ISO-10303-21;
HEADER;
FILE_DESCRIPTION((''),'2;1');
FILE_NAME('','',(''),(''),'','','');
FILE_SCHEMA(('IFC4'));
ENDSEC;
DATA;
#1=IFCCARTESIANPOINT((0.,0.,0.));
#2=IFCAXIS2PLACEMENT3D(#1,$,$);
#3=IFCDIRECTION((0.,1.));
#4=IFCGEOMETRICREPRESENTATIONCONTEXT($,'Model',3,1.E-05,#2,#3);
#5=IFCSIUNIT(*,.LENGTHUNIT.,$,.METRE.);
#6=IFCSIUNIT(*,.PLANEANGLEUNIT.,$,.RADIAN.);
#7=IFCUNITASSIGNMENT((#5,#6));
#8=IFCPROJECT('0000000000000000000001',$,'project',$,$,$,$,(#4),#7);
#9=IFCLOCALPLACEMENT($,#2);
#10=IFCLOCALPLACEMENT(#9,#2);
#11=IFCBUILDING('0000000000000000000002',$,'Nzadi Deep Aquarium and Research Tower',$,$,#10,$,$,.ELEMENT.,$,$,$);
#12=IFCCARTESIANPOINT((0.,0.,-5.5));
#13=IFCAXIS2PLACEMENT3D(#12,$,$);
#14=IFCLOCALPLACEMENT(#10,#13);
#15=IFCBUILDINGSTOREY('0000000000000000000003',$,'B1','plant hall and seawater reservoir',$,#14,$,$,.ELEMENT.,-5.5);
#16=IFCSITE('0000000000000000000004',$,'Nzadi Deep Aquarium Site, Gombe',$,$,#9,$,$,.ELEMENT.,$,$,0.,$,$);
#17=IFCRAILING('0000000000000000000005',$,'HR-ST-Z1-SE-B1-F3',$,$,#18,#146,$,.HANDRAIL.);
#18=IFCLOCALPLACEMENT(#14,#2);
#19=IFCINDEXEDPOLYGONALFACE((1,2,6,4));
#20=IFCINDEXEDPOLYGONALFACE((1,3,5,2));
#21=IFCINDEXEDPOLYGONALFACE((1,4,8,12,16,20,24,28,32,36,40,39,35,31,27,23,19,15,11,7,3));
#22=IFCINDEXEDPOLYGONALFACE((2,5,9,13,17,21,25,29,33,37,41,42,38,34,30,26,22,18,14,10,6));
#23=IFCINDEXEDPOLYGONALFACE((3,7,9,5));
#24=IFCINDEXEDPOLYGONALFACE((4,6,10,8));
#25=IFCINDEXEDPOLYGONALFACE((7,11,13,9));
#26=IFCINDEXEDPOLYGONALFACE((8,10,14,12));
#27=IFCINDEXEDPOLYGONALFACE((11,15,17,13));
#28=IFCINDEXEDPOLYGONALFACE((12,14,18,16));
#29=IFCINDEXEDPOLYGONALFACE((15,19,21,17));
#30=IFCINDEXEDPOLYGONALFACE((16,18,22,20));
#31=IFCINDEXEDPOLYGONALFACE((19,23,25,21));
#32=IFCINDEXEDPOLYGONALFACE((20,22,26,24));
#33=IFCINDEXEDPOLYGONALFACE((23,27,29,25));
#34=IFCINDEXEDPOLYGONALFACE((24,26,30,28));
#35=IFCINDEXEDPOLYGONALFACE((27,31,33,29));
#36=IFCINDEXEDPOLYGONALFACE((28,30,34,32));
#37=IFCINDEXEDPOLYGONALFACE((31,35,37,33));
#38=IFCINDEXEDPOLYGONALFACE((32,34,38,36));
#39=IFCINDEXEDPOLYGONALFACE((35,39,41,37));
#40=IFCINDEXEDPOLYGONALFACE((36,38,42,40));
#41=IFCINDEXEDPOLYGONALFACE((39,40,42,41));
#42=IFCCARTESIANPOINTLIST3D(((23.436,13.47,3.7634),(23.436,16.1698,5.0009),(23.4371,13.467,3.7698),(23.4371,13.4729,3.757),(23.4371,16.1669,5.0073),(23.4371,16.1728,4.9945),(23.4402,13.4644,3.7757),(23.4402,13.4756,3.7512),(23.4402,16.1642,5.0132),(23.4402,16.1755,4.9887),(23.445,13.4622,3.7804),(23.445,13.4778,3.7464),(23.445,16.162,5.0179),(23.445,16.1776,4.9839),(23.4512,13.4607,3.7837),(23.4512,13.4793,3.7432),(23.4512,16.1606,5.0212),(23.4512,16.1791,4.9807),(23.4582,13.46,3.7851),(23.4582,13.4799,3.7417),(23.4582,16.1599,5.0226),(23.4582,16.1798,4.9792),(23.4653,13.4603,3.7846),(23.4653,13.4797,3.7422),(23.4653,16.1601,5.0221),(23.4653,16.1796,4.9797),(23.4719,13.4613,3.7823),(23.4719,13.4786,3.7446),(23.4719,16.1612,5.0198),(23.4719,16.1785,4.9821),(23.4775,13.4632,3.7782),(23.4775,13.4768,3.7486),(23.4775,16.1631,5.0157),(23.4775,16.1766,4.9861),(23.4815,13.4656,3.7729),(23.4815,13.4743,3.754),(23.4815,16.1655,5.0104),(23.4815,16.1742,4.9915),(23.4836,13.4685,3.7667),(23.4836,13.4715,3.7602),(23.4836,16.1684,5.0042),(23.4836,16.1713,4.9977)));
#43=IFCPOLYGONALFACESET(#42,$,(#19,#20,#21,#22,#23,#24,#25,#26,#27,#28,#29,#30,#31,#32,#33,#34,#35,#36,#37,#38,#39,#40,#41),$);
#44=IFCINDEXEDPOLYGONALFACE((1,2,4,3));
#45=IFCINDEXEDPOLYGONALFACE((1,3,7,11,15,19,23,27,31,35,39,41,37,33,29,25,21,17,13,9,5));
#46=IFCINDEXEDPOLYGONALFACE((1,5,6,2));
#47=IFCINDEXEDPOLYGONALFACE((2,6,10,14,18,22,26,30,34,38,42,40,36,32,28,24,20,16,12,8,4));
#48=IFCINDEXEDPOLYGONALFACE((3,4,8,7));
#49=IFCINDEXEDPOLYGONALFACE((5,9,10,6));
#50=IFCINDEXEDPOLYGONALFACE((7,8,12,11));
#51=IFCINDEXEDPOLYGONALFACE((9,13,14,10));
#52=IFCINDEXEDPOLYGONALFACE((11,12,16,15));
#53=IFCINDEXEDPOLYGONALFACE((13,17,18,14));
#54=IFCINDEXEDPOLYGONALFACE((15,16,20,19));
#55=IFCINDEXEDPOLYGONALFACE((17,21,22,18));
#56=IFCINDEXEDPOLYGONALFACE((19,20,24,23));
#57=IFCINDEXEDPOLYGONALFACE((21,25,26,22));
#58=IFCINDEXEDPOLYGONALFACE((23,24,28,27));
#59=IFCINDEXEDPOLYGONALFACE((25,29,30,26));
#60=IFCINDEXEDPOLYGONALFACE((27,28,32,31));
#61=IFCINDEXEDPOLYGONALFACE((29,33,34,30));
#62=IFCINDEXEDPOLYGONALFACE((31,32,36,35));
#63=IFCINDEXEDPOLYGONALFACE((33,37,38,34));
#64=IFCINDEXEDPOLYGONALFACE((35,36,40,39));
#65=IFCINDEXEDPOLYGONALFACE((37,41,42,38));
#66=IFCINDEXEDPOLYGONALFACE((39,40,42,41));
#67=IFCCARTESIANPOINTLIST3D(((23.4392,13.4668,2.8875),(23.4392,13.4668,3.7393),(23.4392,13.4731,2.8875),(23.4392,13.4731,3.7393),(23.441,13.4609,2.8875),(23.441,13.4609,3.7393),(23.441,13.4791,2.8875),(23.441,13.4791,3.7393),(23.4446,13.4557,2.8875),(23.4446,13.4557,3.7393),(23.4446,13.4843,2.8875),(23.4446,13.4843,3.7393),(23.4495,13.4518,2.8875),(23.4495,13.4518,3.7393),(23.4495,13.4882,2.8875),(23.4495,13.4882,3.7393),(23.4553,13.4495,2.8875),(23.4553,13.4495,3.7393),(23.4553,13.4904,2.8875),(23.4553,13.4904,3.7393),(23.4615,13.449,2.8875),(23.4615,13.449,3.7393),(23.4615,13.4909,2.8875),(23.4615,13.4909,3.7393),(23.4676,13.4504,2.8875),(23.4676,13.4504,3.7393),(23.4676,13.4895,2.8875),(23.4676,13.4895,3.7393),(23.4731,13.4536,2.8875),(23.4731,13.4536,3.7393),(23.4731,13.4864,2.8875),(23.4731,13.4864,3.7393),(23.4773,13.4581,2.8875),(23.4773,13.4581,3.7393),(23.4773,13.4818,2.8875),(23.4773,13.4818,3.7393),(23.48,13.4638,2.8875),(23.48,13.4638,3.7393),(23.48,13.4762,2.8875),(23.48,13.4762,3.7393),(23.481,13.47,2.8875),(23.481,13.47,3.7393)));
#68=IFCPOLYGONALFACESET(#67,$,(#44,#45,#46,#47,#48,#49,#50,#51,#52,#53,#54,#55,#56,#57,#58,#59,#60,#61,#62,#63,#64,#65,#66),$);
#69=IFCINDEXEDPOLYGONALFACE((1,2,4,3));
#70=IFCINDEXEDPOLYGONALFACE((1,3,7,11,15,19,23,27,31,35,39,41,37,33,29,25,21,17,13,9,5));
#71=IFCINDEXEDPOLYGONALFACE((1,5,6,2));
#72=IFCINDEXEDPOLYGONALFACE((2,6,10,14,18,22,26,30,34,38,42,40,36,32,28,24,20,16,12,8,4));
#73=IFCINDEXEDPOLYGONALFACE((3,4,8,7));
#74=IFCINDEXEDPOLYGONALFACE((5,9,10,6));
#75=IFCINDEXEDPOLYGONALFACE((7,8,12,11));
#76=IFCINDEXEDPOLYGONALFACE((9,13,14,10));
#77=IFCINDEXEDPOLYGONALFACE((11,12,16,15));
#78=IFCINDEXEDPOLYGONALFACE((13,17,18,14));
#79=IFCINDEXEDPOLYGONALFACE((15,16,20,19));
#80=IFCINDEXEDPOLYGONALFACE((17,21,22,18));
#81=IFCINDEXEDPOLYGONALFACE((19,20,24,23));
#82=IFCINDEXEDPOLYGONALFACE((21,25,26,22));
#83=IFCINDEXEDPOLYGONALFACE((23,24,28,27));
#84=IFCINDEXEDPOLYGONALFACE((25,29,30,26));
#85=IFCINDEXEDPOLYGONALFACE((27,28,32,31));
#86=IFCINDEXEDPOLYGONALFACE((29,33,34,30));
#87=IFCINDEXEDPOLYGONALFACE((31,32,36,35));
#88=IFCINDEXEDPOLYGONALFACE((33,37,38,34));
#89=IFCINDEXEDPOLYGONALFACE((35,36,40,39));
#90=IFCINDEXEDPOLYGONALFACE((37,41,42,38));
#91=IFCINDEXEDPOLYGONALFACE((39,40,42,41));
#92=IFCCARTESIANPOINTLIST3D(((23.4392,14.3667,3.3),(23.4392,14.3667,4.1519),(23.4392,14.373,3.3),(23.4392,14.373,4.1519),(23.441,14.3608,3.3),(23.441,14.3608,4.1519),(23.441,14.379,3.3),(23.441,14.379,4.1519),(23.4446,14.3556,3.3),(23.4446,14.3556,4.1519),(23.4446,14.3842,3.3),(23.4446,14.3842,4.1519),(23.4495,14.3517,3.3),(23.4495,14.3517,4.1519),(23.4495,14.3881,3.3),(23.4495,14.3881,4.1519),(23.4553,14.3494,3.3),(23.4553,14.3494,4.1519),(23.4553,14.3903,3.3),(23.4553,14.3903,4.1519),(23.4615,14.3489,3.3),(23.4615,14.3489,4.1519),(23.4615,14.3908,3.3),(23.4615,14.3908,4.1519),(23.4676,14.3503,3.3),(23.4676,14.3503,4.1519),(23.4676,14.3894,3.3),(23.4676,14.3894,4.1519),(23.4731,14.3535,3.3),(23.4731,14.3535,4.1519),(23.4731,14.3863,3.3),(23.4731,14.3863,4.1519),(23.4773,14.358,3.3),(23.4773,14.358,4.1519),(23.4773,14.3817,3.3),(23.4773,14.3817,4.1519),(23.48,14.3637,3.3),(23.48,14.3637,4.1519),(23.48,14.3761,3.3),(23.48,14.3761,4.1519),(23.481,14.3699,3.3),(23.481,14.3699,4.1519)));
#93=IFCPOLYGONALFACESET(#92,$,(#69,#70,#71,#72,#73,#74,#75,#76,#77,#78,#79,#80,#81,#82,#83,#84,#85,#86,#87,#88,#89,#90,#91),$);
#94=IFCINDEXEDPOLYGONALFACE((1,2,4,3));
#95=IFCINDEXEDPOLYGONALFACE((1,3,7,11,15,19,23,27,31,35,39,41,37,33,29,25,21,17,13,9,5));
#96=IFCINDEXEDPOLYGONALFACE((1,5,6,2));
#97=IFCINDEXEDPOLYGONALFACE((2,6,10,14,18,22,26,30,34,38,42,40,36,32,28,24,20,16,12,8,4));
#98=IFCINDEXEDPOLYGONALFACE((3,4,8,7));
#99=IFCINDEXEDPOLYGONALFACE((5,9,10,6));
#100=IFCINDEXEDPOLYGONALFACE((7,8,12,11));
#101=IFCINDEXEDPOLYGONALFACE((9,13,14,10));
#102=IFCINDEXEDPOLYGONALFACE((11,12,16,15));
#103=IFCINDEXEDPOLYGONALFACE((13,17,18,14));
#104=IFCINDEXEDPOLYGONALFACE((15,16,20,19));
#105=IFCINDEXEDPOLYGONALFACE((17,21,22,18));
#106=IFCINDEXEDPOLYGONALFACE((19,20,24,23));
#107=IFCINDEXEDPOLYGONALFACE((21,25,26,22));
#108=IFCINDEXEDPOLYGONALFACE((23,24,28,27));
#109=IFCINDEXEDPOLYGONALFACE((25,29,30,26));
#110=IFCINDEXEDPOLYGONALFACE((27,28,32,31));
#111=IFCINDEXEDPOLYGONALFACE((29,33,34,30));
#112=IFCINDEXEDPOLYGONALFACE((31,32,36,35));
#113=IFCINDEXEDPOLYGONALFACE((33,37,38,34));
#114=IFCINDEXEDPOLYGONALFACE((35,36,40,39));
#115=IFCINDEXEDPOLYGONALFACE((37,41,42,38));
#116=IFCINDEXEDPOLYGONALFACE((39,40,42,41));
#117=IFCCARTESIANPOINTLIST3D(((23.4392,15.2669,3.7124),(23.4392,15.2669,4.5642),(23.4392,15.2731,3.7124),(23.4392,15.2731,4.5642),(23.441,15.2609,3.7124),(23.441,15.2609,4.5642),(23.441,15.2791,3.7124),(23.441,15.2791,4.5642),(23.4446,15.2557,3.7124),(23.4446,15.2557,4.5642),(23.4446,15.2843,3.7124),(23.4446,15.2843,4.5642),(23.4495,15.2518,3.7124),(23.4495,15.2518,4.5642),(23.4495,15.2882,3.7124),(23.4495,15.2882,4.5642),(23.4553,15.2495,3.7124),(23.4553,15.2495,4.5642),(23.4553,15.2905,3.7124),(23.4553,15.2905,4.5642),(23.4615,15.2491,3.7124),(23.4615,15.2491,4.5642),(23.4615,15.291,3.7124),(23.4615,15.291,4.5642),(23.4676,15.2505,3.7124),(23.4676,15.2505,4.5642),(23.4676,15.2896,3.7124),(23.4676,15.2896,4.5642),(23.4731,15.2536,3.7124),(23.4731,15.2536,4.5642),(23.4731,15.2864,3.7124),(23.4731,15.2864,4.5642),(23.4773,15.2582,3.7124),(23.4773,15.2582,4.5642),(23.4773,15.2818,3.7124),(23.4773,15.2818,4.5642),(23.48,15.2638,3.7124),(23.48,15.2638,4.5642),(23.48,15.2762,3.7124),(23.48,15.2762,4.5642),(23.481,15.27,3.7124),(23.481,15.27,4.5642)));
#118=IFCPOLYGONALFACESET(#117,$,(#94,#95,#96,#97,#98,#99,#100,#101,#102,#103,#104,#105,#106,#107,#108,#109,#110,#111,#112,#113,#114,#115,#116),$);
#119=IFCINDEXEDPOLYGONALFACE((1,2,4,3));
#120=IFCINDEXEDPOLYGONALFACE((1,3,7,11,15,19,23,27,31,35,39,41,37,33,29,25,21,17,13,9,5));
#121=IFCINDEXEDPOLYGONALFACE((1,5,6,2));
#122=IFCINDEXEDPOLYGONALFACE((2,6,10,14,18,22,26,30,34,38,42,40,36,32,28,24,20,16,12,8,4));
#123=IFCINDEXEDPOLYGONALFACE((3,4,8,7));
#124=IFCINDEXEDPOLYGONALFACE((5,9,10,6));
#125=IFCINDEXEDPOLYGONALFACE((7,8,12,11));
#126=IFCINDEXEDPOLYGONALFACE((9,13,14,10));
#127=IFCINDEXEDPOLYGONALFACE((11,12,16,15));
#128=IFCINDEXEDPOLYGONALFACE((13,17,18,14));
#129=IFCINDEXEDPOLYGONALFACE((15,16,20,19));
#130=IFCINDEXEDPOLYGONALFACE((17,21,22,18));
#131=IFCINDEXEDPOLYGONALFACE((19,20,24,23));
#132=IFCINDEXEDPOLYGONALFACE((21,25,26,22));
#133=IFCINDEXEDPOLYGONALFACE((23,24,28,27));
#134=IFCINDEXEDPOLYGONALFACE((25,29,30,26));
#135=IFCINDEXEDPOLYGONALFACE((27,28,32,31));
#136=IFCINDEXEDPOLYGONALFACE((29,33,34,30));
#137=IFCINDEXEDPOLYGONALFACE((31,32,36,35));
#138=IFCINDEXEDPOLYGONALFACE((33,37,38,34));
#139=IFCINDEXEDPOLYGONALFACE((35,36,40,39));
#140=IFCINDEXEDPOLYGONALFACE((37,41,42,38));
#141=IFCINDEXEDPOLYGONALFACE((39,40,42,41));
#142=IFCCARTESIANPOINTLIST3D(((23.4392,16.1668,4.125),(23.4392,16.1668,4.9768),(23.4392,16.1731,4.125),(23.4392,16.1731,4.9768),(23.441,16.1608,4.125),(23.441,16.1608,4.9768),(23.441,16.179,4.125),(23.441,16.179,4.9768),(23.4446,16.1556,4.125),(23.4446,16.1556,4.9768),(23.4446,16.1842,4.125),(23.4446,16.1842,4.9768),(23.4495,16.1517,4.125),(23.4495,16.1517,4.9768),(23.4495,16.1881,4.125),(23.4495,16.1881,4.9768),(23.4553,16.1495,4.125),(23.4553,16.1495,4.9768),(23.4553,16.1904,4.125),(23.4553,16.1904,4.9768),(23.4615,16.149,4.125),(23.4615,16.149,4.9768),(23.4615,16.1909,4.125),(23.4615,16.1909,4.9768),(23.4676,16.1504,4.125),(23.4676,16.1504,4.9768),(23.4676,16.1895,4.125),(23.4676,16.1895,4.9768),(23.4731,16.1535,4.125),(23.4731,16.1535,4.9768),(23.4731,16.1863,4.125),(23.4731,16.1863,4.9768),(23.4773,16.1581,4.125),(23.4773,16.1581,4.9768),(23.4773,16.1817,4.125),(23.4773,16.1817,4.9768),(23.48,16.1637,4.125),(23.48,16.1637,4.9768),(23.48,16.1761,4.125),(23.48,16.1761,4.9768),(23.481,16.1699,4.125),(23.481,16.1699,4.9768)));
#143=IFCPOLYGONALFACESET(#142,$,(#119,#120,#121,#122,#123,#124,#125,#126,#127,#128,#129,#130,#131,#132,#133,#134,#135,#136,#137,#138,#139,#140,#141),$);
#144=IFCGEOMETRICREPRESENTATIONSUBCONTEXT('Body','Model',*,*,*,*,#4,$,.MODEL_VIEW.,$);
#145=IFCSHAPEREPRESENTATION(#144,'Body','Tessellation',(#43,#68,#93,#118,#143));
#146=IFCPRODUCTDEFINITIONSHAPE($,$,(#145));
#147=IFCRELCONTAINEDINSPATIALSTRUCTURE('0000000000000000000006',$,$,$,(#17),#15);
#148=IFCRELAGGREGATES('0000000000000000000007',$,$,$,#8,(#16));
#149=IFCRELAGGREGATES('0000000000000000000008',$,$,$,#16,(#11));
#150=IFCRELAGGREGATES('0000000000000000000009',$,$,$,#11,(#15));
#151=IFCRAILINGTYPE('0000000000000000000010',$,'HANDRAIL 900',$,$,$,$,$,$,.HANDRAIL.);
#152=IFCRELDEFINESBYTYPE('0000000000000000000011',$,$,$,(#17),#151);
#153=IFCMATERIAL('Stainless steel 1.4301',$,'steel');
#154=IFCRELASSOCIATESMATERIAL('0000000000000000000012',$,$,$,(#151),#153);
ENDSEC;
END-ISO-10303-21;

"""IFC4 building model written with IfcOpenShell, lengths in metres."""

from ifc_helpers import new_model, si_unit, direction, frame, origin, origin_2d, place, context, subcontext, project, spatial, circle, extrude, material, type_object, element, save


model = new_model("IFC4")

# Units and contexts
model_context = context("Model", 3, precision=1e-05, world=origin(), true_north=direction((0.0, 1.0)))
body_context = subcontext(model_context, "Body", "Model", "MODEL_VIEW")
ifc_project = project(units=[si_unit("LENGTHUNIT", "METRE"), si_unit("PLANEANGLEUNIT", "RADIAN")], contexts=[model_context])

# Site, building, storey
site_placement = place(None, origin())
site = spatial("IfcSite", under=ifc_project, at=site_placement, Name="Nzadi Deep Aquarium Site, Gombe", CompositionType="ELEMENT", RefElevation=0.0)
building_placement = place(site_placement, origin())
building = spatial("IfcBuilding", under=site, at=building_placement, Name="Nzadi Deep Aquarium and Research Tower", CompositionType="ELEMENT")
storey_placement = place(building_placement, frame((0.0, 0.0, -5.5)))
storey = spatial("IfcBuildingStorey", under=building, at=storey_placement, Name="B1", Description="plant hall and seawater reservoir", CompositionType="ELEMENT", Elevation=-5.5)

# Railing
ifc_material_1 = material(Name="Stainless steel 1.4301", Category="steel")
railing_type = type_object("IfcRailingType", Name="HANDRAIL 900", PredefinedType="HANDRAIL", material=ifc_material_1)
for number, where, name in (
    (1, (23.46, 13.47, 2.8875), "HR-ST-Z1-SE-B1-F3"),
):
    element("IfcRailing", number, at=place(storey_placement, frame(where)), inside=storey, type_object=railing_type, Name=name, PredefinedType="HANDRAIL", context=body_context, shape_type="SweptSolid", body=[
        extrude(circle(Radius=0.0239, at=origin_2d()), frame((0.0, 0.0, 0.876), z_axis=(0.0, 0.909056, 0.416675), x_axis=(-1.0, 0.0, 0.0)), (0.0, 0.0, 1.0), 2.97),
        extrude(circle(Radius=0.021, at=origin_2d()), origin(), (0.0, 0.0, 1.0), 0.8518),
        extrude(circle(Radius=0.021, at=origin_2d()), frame((0.0, 0.8999, 0.4126)), (0.0, 0.0, 1.0), 0.8518),
        extrude(circle(Radius=0.021, at=origin_2d()), frame((0.0, 1.8, 0.825)), (0.0, 0.0, 1.0), 0.8518),
        extrude(circle(Radius=0.021, at=origin_2d()), frame((0.0, 2.7, 1.2375)), (0.0, 0.0, 1.0), 0.8518),
    ])

save(model, "model.ifc")
